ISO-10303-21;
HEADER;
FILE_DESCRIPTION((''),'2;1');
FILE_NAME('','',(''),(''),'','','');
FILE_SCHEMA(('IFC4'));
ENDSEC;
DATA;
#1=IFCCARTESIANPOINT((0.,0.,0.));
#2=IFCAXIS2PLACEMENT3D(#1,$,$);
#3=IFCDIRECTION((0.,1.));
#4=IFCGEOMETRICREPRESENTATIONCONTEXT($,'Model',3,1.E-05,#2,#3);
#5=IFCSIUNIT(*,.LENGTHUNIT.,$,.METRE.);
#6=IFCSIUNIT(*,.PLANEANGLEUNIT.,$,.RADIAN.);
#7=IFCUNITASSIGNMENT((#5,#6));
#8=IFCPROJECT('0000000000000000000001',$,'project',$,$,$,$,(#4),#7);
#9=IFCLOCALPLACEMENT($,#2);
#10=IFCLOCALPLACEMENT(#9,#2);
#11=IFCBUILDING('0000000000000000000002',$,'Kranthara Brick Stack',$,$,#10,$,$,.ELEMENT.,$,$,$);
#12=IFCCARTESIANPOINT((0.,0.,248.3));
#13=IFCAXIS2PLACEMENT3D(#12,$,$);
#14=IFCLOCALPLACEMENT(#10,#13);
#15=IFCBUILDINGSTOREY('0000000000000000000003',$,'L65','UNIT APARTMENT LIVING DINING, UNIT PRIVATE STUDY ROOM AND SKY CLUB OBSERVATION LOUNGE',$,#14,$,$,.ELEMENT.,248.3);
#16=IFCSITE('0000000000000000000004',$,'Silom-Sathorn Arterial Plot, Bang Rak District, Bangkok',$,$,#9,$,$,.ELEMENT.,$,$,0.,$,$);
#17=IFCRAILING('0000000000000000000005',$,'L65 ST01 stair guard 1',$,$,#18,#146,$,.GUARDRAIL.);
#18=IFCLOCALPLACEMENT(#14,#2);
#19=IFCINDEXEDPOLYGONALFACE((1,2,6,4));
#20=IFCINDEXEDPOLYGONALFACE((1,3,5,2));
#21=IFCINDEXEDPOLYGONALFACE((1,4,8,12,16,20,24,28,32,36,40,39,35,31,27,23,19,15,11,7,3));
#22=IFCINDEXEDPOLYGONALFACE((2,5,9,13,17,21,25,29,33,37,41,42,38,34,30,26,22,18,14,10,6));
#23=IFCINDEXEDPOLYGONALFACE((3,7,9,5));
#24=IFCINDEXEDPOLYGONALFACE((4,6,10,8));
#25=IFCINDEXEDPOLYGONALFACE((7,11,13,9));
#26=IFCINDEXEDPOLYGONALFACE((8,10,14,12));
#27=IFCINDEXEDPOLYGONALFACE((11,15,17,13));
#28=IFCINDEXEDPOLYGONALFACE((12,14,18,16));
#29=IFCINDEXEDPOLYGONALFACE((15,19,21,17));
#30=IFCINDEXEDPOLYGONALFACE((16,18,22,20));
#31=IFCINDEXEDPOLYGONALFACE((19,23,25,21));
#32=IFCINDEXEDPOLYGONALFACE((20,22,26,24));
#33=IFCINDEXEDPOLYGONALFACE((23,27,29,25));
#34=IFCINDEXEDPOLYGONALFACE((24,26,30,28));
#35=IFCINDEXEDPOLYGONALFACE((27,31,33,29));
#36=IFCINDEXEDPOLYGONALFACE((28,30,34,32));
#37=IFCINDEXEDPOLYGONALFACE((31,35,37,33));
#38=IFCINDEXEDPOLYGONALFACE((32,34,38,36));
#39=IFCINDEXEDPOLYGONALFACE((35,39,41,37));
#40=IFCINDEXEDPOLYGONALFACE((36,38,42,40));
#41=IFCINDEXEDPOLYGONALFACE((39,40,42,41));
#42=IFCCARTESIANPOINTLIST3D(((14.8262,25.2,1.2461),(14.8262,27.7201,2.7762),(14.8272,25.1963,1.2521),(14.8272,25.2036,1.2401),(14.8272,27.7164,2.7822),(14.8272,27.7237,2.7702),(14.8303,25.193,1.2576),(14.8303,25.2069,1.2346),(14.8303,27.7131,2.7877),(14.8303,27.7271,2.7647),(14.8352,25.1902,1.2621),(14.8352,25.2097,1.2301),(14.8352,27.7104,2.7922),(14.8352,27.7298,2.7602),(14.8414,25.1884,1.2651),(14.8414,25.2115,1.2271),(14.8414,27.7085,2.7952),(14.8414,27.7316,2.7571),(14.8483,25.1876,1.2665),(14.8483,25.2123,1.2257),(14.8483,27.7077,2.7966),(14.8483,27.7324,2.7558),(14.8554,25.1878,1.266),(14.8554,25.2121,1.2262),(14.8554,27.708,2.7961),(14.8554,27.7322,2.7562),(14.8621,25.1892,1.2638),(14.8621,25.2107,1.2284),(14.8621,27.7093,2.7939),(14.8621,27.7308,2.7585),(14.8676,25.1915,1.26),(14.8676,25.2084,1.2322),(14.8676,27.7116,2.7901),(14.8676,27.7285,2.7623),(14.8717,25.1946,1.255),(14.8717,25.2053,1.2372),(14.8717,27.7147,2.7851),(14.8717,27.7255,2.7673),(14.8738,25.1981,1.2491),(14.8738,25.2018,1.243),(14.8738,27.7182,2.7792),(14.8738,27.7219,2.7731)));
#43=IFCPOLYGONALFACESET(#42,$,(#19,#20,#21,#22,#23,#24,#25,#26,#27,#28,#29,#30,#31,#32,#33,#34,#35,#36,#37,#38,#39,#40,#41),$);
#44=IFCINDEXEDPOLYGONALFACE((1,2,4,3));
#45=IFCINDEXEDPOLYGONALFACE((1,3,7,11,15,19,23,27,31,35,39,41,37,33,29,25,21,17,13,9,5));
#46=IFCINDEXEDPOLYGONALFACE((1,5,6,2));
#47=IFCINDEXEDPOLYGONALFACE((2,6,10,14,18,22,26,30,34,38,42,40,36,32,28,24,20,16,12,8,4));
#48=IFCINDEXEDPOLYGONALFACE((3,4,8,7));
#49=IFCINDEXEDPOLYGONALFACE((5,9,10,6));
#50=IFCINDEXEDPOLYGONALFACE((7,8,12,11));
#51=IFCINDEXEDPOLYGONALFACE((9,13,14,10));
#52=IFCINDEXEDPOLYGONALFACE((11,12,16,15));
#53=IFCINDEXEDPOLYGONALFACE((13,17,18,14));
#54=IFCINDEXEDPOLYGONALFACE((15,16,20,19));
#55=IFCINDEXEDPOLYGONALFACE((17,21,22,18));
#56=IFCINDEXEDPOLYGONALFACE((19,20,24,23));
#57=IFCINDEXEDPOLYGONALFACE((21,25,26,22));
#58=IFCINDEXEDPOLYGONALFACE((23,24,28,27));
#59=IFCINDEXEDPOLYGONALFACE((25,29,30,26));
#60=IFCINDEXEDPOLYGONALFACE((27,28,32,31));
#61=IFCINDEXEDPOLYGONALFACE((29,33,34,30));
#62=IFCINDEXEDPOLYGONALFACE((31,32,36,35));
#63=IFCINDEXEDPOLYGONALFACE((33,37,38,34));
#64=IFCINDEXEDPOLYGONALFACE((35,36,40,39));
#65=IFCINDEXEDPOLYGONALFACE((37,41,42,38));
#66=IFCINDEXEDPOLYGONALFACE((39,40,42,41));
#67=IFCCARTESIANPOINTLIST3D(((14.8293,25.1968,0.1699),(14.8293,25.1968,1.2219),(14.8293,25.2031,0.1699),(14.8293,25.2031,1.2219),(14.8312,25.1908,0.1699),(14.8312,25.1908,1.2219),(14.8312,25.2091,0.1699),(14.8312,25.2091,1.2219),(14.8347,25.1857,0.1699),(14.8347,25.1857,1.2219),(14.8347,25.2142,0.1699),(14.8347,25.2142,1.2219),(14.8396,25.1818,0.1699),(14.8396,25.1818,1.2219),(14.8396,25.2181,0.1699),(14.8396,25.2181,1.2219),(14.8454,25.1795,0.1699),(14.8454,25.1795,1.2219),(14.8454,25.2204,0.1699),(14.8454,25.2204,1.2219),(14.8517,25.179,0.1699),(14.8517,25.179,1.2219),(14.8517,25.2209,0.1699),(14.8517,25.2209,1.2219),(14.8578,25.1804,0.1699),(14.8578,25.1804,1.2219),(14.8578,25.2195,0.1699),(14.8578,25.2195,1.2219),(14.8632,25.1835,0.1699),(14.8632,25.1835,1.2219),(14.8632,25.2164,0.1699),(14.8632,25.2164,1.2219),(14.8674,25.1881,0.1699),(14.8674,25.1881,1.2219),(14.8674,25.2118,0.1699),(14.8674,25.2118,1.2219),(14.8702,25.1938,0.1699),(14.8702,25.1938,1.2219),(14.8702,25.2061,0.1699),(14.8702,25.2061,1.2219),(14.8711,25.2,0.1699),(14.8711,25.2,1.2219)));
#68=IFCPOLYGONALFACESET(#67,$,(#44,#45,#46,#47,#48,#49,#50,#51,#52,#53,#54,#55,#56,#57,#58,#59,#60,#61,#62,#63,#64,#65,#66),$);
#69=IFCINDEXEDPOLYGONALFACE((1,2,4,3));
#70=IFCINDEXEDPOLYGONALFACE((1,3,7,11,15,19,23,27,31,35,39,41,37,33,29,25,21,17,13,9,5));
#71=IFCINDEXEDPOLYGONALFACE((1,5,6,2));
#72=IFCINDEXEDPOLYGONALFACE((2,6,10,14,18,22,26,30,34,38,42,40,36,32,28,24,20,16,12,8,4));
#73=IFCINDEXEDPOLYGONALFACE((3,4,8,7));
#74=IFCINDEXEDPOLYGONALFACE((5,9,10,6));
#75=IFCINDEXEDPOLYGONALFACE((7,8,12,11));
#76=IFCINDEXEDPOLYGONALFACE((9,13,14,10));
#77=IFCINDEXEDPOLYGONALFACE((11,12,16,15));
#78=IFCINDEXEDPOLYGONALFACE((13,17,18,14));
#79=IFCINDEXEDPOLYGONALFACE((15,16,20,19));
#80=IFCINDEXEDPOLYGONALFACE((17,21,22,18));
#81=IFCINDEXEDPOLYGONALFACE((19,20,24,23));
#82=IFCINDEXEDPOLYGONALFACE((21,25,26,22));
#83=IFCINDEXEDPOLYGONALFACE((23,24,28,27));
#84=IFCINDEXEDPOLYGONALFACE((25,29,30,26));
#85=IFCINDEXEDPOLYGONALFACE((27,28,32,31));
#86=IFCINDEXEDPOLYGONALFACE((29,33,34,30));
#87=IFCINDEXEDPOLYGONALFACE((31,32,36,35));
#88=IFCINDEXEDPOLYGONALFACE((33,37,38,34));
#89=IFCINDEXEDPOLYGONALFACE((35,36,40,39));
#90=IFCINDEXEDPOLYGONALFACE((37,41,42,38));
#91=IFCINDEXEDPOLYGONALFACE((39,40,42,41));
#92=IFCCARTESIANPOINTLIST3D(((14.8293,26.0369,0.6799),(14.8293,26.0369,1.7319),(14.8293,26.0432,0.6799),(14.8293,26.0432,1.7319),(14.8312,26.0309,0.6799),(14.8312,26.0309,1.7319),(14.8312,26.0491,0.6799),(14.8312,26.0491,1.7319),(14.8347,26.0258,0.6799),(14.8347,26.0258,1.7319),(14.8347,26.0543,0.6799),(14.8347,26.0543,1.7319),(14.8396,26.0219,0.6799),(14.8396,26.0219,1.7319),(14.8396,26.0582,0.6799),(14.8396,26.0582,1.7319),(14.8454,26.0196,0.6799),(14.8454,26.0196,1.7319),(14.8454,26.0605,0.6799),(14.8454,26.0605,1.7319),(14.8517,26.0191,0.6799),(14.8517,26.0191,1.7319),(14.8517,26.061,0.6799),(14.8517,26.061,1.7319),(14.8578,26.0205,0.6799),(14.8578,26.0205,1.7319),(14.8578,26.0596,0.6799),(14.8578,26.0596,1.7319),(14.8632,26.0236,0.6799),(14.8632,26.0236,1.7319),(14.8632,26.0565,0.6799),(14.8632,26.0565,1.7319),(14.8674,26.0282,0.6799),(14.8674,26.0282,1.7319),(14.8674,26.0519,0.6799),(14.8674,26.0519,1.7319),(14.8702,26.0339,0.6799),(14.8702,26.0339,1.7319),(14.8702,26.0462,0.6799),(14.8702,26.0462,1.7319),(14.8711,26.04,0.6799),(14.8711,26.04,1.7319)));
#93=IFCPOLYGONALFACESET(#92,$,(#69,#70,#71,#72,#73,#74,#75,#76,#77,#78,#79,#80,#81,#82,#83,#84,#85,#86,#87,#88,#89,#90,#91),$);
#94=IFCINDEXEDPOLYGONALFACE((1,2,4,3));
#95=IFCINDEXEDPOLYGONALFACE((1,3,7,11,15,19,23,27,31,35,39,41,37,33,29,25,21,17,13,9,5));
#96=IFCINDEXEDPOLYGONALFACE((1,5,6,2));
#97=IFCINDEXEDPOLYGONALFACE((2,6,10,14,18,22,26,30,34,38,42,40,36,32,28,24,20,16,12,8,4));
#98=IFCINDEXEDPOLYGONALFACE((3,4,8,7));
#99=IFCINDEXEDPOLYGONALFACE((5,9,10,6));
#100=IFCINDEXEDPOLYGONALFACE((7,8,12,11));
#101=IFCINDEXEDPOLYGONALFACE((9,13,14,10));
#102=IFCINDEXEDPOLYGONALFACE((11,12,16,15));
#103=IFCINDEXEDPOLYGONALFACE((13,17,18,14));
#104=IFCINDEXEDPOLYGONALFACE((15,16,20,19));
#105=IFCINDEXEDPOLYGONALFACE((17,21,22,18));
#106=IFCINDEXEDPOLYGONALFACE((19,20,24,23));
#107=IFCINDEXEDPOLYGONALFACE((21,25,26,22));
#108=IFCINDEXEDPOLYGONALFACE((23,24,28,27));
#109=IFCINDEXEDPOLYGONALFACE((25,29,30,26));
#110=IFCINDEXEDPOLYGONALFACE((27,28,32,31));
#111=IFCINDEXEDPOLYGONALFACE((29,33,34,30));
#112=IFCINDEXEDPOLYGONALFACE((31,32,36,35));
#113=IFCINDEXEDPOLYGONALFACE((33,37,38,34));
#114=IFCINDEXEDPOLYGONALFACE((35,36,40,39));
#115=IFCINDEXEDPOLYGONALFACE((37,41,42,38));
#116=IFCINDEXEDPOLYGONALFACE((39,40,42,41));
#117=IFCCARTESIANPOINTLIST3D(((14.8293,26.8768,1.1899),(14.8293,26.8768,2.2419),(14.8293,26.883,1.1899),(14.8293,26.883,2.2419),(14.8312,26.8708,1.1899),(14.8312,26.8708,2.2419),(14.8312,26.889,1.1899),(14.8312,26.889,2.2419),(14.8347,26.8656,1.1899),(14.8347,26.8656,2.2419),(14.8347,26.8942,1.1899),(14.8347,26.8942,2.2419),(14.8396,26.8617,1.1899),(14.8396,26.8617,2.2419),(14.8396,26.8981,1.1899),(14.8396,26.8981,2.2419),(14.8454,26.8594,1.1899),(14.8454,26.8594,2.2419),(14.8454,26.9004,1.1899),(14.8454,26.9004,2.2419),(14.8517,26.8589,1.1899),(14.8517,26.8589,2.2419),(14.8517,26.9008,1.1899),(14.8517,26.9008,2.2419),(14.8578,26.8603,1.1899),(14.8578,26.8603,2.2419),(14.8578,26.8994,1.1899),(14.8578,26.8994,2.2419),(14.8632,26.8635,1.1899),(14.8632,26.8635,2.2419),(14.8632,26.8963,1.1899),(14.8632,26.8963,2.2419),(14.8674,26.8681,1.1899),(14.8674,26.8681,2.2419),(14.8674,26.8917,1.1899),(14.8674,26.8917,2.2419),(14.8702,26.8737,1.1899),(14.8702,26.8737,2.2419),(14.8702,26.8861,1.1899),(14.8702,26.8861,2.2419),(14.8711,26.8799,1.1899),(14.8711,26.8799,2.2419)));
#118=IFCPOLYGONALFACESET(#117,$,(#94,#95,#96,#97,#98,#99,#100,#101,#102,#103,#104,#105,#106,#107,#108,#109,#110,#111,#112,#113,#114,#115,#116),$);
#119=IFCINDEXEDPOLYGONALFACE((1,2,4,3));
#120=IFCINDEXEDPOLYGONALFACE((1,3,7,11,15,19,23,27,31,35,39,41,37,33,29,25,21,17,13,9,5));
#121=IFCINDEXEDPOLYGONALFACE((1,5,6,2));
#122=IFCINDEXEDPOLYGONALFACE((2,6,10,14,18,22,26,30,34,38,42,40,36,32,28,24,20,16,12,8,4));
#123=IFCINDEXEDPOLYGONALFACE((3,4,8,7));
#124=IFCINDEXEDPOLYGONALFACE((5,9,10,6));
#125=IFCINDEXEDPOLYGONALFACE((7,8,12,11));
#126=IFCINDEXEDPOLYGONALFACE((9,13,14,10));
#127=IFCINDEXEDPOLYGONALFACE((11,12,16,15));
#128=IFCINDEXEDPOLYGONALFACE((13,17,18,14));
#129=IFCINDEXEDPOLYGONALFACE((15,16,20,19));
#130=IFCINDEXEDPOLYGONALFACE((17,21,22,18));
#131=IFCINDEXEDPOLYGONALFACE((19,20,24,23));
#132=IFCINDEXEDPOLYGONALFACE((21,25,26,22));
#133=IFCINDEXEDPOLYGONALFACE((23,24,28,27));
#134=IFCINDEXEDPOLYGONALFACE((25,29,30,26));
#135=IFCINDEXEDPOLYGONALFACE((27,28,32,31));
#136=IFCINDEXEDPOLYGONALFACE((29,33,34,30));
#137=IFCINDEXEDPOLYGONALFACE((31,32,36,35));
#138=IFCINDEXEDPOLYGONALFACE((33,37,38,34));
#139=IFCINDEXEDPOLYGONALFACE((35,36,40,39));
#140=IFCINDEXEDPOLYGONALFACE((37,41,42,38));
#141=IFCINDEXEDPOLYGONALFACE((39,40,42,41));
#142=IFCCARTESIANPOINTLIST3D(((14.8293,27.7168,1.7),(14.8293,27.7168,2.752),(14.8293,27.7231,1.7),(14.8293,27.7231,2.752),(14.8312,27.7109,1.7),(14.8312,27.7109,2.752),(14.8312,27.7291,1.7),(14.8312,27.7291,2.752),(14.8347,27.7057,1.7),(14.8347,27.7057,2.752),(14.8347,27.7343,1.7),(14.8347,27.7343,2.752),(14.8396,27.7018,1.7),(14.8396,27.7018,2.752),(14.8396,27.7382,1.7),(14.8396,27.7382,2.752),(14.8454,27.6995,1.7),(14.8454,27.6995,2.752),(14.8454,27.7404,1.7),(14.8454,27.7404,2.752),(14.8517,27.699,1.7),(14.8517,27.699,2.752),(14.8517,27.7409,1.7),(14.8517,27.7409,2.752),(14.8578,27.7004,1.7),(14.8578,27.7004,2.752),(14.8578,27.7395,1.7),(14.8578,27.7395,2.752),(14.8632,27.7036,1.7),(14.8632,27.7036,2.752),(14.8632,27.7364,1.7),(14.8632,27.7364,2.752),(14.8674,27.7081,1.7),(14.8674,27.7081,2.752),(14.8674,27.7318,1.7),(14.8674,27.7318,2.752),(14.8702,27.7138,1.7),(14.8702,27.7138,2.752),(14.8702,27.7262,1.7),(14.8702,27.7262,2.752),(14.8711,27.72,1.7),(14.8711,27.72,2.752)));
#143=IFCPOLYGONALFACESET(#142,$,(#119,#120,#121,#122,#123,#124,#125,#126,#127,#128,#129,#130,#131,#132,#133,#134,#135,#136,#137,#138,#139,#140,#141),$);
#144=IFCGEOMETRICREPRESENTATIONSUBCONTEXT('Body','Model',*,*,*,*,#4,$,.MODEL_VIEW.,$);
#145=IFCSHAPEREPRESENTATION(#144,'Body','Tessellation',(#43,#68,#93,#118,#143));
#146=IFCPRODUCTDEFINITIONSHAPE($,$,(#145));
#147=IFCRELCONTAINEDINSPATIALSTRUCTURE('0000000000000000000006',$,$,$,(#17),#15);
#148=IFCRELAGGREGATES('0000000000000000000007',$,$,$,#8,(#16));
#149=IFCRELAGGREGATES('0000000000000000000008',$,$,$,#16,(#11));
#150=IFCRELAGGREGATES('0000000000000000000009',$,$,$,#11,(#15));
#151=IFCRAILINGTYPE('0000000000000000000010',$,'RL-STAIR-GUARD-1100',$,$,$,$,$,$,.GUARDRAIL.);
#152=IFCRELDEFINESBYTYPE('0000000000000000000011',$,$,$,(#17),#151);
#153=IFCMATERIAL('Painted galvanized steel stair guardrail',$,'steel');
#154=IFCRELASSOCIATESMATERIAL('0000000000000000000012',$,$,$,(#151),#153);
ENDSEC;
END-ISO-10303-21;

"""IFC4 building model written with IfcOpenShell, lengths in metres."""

from ifc_helpers import new_model, si_unit, direction, frame, origin, origin_2d, place, context, subcontext, project, spatial, circle, extrude, material, type_object, element, save


model = new_model("IFC4")

# Units and contexts
model_context = context("Model", 3, precision=1e-05, world=origin(), true_north=direction((0.0, 1.0)))
body_context = subcontext(model_context, "Body", "Model", "MODEL_VIEW")
ifc_project = project(units=[si_unit("LENGTHUNIT", "METRE"), si_unit("PLANEANGLEUNIT", "RADIAN")], contexts=[model_context])

# Site, building, storey
site_placement = place(None, origin())
site = spatial("IfcSite", under=ifc_project, at=site_placement, Name="Silom-Sathorn Arterial Plot, Bang Rak District, Bangkok", CompositionType="ELEMENT", RefElevation=0.0)
building_placement = place(site_placement, origin())
building = spatial("IfcBuilding", under=site, at=building_placement, Name="Kranthara Brick Stack", CompositionType="ELEMENT")
storey_placement = place(building_placement, frame((0.0, 0.0, 248.3)))
storey = spatial("IfcBuildingStorey", under=building, at=storey_placement, Name="L65", Description="UNIT APARTMENT LIVING DINING, UNIT PRIVATE STUDY ROOM AND SKY CLUB OBSERVATION LOUNGE", CompositionType="ELEMENT", Elevation=248.3)

# Railing
ifc_material_1 = material(Name="Painted galvanized steel stair guardrail", Category="steel")
railing_type_1 = type_object("IfcRailingType", Name="RL-STAIR-GUARD-1100", PredefinedType="GUARDRAIL", material=ifc_material_1)
railing_1_placement = place(storey_placement, frame((14.8501, 25.2, 0.1699)))
element("IfcRailing", 1, at=railing_1_placement, inside=storey, type_object=railing_type_1, Name="L65 ST01 stair guard 1", PredefinedType="GUARDRAIL", context=body_context, shape_type="SweptSolid", body=[
    extrude(circle(Radius=0.0239, at=origin_2d()), frame((0.0, 0.0, 1.0762), z_axis=(0.0, 0.854785, 0.518982), x_axis=(-1.0, 0.0, 0.0)), (0.0, 0.0, 1.0), 2.9482),
    extrude(circle(Radius=0.021, at=origin_2d()), origin(), (0.0, 0.0, 1.0), 1.052),
    extrude(circle(Radius=0.021, at=origin_2d()), frame((0.0, 0.8401, 0.51)), (0.0, 0.0, 1.0), 1.052),
    extrude(circle(Radius=0.021, at=origin_2d()), frame((0.0, 1.6799, 1.02)), (0.0, 0.0, 1.0), 1.052),
    extrude(circle(Radius=0.021, at=origin_2d()), frame((0.0, 2.52, 1.53)), (0.0, 0.0, 1.0), 1.052),
])

save(model, "model.ifc")
